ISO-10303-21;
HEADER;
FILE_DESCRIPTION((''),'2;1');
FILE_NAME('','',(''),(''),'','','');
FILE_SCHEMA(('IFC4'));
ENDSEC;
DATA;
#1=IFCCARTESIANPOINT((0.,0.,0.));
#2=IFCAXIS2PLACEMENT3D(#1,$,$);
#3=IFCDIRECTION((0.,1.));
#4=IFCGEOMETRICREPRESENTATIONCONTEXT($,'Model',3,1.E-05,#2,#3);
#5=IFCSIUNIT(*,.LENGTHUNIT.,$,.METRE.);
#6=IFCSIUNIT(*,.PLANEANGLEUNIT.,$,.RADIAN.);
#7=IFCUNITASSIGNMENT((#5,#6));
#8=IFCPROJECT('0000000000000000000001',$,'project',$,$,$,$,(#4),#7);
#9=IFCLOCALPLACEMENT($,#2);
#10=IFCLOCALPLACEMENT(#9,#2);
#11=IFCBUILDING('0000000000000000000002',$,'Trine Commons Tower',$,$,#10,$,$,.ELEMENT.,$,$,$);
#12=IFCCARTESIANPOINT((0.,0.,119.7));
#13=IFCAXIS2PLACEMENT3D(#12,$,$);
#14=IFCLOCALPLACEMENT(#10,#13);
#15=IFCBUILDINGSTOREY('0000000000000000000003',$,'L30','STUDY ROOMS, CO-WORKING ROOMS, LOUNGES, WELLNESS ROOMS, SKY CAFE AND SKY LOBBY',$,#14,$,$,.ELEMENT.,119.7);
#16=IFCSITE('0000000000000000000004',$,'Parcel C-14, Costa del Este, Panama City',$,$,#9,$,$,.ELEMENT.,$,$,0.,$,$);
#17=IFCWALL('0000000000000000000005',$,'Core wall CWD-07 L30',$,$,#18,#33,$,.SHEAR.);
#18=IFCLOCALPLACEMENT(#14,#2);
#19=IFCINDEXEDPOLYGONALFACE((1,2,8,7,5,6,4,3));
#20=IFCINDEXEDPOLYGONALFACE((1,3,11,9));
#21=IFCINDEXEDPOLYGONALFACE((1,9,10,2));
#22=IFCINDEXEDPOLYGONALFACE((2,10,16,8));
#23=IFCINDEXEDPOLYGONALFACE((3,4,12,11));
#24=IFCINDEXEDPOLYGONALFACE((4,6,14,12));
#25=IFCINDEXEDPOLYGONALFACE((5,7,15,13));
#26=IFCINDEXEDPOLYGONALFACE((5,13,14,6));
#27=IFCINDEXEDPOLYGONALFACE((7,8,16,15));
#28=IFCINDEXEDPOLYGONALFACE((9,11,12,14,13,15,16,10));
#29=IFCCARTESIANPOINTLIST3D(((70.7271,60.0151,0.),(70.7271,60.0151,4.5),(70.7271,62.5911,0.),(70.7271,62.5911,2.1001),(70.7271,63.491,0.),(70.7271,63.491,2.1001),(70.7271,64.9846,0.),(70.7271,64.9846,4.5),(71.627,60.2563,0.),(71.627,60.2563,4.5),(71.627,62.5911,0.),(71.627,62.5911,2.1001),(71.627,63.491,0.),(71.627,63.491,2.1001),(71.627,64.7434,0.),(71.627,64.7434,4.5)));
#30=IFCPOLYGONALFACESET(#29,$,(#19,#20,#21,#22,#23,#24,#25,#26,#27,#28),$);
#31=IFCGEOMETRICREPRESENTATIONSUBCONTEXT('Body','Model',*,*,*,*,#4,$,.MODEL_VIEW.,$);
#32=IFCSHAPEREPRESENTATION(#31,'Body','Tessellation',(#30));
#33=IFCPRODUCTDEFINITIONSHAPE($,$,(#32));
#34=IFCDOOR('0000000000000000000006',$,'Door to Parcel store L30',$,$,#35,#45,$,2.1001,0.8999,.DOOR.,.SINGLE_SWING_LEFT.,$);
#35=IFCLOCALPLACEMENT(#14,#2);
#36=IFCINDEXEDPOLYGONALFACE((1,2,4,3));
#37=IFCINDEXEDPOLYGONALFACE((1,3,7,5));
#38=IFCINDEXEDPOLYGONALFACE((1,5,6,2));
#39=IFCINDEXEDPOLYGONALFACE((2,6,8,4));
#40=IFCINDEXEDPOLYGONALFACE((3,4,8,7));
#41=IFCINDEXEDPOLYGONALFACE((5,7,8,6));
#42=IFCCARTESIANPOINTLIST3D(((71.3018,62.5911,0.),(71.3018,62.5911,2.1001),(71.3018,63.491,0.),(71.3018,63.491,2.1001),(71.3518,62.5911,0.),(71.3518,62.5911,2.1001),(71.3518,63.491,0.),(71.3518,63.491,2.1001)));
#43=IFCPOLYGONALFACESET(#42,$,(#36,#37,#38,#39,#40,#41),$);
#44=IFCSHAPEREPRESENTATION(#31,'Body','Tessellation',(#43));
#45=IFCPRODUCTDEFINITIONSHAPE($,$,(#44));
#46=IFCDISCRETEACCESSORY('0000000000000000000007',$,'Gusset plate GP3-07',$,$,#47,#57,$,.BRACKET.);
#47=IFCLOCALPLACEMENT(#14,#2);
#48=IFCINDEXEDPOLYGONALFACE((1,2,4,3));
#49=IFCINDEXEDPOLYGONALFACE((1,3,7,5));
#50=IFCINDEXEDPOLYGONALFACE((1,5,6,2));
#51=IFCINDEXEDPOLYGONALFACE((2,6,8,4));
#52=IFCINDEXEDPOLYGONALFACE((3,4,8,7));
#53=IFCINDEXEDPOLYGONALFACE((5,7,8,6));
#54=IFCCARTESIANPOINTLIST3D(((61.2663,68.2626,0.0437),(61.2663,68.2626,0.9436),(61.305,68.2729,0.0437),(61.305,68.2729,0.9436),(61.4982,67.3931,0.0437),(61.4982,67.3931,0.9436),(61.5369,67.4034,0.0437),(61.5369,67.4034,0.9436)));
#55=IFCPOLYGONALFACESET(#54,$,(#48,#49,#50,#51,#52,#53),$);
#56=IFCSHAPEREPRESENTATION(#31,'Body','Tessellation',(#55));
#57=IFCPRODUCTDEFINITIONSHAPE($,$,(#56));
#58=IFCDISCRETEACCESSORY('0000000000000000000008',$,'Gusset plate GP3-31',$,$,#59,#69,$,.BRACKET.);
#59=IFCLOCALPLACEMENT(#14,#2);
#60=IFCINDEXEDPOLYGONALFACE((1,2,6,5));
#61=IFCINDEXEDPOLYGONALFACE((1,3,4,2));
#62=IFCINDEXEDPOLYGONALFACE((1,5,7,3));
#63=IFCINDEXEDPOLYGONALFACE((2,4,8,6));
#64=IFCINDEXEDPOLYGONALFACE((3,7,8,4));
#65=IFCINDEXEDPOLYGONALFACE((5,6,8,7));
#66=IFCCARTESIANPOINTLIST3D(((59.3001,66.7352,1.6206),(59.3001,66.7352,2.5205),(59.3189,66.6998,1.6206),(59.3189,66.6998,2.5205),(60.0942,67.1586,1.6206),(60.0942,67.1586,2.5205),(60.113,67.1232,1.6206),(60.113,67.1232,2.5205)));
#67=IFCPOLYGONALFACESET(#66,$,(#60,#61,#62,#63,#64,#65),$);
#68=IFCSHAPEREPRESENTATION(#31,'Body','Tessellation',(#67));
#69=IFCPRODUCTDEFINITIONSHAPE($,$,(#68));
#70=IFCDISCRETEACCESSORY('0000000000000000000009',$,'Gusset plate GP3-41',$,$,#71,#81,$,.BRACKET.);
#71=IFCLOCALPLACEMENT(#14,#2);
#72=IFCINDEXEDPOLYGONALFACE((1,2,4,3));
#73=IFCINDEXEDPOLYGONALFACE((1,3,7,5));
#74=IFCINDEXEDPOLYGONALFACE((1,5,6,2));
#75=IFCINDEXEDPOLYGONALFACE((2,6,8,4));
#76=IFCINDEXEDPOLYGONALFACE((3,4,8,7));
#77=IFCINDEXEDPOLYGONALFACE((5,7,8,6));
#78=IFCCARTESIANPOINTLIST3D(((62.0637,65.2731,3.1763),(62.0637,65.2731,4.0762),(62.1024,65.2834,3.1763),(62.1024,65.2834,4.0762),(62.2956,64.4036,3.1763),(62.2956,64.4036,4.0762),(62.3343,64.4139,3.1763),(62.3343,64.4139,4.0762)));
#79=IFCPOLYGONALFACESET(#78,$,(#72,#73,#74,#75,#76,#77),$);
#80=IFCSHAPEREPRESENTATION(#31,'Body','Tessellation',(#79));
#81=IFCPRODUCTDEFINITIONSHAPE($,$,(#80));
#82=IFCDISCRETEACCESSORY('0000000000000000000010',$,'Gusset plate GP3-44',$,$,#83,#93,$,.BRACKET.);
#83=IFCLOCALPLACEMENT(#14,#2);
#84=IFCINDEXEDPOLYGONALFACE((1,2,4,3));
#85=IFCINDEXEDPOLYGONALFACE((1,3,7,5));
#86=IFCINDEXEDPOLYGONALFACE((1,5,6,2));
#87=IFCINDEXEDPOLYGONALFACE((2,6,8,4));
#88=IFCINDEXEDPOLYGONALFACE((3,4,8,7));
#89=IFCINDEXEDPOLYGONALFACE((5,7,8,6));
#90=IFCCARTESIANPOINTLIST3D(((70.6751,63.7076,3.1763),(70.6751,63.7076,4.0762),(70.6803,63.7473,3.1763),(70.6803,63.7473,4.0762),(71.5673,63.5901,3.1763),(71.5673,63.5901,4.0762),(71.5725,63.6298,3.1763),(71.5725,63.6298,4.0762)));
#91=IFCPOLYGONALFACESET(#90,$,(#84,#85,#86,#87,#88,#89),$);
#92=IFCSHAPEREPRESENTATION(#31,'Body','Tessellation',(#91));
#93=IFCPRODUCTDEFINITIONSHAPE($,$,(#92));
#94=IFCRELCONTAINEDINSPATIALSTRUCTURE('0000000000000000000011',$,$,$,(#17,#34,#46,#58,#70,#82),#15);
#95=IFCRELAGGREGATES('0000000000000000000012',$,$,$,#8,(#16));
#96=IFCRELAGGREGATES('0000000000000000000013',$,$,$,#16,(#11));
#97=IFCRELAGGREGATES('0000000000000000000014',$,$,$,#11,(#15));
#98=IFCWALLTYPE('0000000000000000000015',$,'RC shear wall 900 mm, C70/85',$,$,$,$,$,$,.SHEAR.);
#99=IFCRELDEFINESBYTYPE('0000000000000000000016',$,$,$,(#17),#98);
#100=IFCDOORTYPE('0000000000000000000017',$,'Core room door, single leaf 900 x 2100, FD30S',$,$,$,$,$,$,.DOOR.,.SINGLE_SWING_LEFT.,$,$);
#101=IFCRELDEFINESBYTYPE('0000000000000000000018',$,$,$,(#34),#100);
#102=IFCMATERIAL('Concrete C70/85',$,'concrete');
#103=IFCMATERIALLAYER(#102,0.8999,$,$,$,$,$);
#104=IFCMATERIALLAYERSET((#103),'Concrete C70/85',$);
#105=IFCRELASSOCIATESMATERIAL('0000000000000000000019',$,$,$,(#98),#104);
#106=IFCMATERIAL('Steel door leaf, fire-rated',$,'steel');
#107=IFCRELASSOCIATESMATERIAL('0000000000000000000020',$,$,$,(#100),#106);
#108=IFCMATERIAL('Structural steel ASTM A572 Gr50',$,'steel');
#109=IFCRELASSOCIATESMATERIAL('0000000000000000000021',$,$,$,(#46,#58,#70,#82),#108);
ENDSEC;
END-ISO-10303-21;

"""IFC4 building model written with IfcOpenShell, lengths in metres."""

from ifc_helpers import new_model, si_unit, direction, frame, frame_2d, origin, origin_2d, place, context, subcontext, project, spatial, polyline, rectangle, outline, extrude, material, layer, layer_set, type_object, element, fill, save


model = new_model("IFC4")

# Units and contexts
model_context = context("Model", 3, precision=1e-05, world=origin(), true_north=direction((0.0, 1.0)))
body_context = subcontext(model_context, "Body", "Model", "MODEL_VIEW")
ifc_project = project(units=[si_unit("LENGTHUNIT", "METRE"), si_unit("PLANEANGLEUNIT", "RADIAN")], contexts=[model_context])

# Site, building, storey
site_placement = place(None, origin())
site = spatial("IfcSite", under=ifc_project, at=site_placement, Name="Parcel C-14, Costa del Este, Panama City", CompositionType="ELEMENT", RefElevation=0.0)
building_placement = place(site_placement, origin())
building = spatial("IfcBuilding", under=site, at=building_placement, Name="Trine Commons Tower", CompositionType="ELEMENT")
storey_placement = place(building_placement, frame((0.0, 0.0, 119.7)))
storey = spatial("IfcBuildingStorey", under=building, at=storey_placement, Name="L30", Description="STUDY ROOMS, CO-WORKING ROOMS, LOUNGES, WELLNESS ROOMS, SKY CAFE AND SKY LOBBY", CompositionType="ELEMENT", Elevation=119.7)

# Wall, opening, door
ifc_material_1 = material(Name="Concrete C70/85", Category="concrete")
ifc_layer_1 = layer(ifc_material_1, 0.8999)
ifc_layer_set_1 = layer_set([ifc_layer_1], Name="Concrete C70/85")
wall_type_1 = type_object("IfcWallType", Name="RC shear wall 900 mm, C70/85", PredefinedType="SHEAR", material=ifc_layer_set_1)
wall_1_placement = place(storey_placement, frame((71.177, 64.9846, 0.0), z_axis=(0.0, 0.0, 1.0), x_axis=(0.0, -1.0, 0.0)))
wall_1 = element("IfcWall", 1, at=wall_1_placement, inside=storey, type_object=wall_type_1, Name="Core wall CWD-07 L30", PredefinedType="SHEAR", context=body_context, shape_type="SweptSolid", body=[
    extrude(outline(polyline([(0.0, -0.45), (4.9695, -0.45), (4.7283, 0.45), (0.2412, 0.45), (0.0, -0.45)])), origin(), (0.0, 0.0, 1.0), 4.5),
])
opening_1_placement = place(wall_1_placement, frame((1.4937, 0.0, 0.0)))
opening_1 = element("IfcOpeningElement", 2, at=opening_1_placement, cuts=wall_1, PredefinedType="OPENING", context=body_context, shape_type="SweptSolid", body=[
    extrude(rectangle(XDim=0.8999, YDim=2.1001, at=frame_2d((0.45, 1.05))), frame((0.0, 0.46, 0.0), z_axis=(0.0, -1.0, 0.0), x_axis=(1.0, 0.0, 0.0)), (0.0, 0.0, 1.0), 0.9199),
])
ifc_material_2 = material(Name="Steel door leaf, fire-rated", Category="steel")
door_type_1 = type_object("IfcDoorType", Name="Core room door, single leaf 900 x 2100, FD30S", OperationType="SINGLE_SWING_LEFT", PredefinedType="DOOR", material=ifc_material_2)
door_1_placement = place(opening_1_placement, origin())
door_1 = element("IfcDoor", 3, at=door_1_placement, inside=storey, type_object=door_type_1, Name="Door to Parcel store L30", OperationType="SINGLE_SWING_LEFT", OverallHeight=2.1001, OverallWidth=0.8999, PredefinedType="DOOR", context=body_context, shape_type="SweptSolid", body=[
    extrude(rectangle(XDim=0.8999, YDim=2.1001, at=frame_2d((0.45, 1.05))), frame((0.0, 0.1748, 0.0), z_axis=(0.0, -1.0, 0.0), x_axis=(1.0, 0.0, 0.0)), (0.0, 0.0, 1.0), 0.05),
])
fill(opening_1, door_1)

# Discrete accessories
ifc_material_3 = material(Name="Structural steel ASTM A572 Gr50", Category="steel")
for number, where, z_axis, x_axis, name in (
    (4, (61.4016, 67.833, 0.0437), (0.0, 0.0, 1.0), (0.257706, -0.966223, 0.0), "Gusset plate GP3-07"),
    (5, (59.7065, 66.9292, 1.6206), (0.0, 0.0, 1.0), (-0.882414, -0.470473, 0.0), "Gusset plate GP3-31"),
    (6, (62.199, 64.8435, 3.1763), (0.0, 0.0, 1.0), (0.257706, -0.966223, 0.0), "Gusset plate GP3-41"),
    (7, (71.1238, 63.6687, 3.1763), (0.0, 0.0, 1.0), (-0.991445, 0.130526, 0.0), "Gusset plate GP3-44"),
):
    element("IfcDiscreteAccessory", number, at=place(storey_placement, frame(where, z_axis=z_axis, x_axis=x_axis)), inside=storey, material=ifc_material_3, Name=name, PredefinedType="BRACKET", context=body_context, shape_type="SweptSolid", body=[
        extrude(rectangle(XDim=0.8999, YDim=0.04, at=origin_2d()), origin(), (0.0, 0.0, 1.0), 0.8999),
    ])

save(model, "model.ifc")
